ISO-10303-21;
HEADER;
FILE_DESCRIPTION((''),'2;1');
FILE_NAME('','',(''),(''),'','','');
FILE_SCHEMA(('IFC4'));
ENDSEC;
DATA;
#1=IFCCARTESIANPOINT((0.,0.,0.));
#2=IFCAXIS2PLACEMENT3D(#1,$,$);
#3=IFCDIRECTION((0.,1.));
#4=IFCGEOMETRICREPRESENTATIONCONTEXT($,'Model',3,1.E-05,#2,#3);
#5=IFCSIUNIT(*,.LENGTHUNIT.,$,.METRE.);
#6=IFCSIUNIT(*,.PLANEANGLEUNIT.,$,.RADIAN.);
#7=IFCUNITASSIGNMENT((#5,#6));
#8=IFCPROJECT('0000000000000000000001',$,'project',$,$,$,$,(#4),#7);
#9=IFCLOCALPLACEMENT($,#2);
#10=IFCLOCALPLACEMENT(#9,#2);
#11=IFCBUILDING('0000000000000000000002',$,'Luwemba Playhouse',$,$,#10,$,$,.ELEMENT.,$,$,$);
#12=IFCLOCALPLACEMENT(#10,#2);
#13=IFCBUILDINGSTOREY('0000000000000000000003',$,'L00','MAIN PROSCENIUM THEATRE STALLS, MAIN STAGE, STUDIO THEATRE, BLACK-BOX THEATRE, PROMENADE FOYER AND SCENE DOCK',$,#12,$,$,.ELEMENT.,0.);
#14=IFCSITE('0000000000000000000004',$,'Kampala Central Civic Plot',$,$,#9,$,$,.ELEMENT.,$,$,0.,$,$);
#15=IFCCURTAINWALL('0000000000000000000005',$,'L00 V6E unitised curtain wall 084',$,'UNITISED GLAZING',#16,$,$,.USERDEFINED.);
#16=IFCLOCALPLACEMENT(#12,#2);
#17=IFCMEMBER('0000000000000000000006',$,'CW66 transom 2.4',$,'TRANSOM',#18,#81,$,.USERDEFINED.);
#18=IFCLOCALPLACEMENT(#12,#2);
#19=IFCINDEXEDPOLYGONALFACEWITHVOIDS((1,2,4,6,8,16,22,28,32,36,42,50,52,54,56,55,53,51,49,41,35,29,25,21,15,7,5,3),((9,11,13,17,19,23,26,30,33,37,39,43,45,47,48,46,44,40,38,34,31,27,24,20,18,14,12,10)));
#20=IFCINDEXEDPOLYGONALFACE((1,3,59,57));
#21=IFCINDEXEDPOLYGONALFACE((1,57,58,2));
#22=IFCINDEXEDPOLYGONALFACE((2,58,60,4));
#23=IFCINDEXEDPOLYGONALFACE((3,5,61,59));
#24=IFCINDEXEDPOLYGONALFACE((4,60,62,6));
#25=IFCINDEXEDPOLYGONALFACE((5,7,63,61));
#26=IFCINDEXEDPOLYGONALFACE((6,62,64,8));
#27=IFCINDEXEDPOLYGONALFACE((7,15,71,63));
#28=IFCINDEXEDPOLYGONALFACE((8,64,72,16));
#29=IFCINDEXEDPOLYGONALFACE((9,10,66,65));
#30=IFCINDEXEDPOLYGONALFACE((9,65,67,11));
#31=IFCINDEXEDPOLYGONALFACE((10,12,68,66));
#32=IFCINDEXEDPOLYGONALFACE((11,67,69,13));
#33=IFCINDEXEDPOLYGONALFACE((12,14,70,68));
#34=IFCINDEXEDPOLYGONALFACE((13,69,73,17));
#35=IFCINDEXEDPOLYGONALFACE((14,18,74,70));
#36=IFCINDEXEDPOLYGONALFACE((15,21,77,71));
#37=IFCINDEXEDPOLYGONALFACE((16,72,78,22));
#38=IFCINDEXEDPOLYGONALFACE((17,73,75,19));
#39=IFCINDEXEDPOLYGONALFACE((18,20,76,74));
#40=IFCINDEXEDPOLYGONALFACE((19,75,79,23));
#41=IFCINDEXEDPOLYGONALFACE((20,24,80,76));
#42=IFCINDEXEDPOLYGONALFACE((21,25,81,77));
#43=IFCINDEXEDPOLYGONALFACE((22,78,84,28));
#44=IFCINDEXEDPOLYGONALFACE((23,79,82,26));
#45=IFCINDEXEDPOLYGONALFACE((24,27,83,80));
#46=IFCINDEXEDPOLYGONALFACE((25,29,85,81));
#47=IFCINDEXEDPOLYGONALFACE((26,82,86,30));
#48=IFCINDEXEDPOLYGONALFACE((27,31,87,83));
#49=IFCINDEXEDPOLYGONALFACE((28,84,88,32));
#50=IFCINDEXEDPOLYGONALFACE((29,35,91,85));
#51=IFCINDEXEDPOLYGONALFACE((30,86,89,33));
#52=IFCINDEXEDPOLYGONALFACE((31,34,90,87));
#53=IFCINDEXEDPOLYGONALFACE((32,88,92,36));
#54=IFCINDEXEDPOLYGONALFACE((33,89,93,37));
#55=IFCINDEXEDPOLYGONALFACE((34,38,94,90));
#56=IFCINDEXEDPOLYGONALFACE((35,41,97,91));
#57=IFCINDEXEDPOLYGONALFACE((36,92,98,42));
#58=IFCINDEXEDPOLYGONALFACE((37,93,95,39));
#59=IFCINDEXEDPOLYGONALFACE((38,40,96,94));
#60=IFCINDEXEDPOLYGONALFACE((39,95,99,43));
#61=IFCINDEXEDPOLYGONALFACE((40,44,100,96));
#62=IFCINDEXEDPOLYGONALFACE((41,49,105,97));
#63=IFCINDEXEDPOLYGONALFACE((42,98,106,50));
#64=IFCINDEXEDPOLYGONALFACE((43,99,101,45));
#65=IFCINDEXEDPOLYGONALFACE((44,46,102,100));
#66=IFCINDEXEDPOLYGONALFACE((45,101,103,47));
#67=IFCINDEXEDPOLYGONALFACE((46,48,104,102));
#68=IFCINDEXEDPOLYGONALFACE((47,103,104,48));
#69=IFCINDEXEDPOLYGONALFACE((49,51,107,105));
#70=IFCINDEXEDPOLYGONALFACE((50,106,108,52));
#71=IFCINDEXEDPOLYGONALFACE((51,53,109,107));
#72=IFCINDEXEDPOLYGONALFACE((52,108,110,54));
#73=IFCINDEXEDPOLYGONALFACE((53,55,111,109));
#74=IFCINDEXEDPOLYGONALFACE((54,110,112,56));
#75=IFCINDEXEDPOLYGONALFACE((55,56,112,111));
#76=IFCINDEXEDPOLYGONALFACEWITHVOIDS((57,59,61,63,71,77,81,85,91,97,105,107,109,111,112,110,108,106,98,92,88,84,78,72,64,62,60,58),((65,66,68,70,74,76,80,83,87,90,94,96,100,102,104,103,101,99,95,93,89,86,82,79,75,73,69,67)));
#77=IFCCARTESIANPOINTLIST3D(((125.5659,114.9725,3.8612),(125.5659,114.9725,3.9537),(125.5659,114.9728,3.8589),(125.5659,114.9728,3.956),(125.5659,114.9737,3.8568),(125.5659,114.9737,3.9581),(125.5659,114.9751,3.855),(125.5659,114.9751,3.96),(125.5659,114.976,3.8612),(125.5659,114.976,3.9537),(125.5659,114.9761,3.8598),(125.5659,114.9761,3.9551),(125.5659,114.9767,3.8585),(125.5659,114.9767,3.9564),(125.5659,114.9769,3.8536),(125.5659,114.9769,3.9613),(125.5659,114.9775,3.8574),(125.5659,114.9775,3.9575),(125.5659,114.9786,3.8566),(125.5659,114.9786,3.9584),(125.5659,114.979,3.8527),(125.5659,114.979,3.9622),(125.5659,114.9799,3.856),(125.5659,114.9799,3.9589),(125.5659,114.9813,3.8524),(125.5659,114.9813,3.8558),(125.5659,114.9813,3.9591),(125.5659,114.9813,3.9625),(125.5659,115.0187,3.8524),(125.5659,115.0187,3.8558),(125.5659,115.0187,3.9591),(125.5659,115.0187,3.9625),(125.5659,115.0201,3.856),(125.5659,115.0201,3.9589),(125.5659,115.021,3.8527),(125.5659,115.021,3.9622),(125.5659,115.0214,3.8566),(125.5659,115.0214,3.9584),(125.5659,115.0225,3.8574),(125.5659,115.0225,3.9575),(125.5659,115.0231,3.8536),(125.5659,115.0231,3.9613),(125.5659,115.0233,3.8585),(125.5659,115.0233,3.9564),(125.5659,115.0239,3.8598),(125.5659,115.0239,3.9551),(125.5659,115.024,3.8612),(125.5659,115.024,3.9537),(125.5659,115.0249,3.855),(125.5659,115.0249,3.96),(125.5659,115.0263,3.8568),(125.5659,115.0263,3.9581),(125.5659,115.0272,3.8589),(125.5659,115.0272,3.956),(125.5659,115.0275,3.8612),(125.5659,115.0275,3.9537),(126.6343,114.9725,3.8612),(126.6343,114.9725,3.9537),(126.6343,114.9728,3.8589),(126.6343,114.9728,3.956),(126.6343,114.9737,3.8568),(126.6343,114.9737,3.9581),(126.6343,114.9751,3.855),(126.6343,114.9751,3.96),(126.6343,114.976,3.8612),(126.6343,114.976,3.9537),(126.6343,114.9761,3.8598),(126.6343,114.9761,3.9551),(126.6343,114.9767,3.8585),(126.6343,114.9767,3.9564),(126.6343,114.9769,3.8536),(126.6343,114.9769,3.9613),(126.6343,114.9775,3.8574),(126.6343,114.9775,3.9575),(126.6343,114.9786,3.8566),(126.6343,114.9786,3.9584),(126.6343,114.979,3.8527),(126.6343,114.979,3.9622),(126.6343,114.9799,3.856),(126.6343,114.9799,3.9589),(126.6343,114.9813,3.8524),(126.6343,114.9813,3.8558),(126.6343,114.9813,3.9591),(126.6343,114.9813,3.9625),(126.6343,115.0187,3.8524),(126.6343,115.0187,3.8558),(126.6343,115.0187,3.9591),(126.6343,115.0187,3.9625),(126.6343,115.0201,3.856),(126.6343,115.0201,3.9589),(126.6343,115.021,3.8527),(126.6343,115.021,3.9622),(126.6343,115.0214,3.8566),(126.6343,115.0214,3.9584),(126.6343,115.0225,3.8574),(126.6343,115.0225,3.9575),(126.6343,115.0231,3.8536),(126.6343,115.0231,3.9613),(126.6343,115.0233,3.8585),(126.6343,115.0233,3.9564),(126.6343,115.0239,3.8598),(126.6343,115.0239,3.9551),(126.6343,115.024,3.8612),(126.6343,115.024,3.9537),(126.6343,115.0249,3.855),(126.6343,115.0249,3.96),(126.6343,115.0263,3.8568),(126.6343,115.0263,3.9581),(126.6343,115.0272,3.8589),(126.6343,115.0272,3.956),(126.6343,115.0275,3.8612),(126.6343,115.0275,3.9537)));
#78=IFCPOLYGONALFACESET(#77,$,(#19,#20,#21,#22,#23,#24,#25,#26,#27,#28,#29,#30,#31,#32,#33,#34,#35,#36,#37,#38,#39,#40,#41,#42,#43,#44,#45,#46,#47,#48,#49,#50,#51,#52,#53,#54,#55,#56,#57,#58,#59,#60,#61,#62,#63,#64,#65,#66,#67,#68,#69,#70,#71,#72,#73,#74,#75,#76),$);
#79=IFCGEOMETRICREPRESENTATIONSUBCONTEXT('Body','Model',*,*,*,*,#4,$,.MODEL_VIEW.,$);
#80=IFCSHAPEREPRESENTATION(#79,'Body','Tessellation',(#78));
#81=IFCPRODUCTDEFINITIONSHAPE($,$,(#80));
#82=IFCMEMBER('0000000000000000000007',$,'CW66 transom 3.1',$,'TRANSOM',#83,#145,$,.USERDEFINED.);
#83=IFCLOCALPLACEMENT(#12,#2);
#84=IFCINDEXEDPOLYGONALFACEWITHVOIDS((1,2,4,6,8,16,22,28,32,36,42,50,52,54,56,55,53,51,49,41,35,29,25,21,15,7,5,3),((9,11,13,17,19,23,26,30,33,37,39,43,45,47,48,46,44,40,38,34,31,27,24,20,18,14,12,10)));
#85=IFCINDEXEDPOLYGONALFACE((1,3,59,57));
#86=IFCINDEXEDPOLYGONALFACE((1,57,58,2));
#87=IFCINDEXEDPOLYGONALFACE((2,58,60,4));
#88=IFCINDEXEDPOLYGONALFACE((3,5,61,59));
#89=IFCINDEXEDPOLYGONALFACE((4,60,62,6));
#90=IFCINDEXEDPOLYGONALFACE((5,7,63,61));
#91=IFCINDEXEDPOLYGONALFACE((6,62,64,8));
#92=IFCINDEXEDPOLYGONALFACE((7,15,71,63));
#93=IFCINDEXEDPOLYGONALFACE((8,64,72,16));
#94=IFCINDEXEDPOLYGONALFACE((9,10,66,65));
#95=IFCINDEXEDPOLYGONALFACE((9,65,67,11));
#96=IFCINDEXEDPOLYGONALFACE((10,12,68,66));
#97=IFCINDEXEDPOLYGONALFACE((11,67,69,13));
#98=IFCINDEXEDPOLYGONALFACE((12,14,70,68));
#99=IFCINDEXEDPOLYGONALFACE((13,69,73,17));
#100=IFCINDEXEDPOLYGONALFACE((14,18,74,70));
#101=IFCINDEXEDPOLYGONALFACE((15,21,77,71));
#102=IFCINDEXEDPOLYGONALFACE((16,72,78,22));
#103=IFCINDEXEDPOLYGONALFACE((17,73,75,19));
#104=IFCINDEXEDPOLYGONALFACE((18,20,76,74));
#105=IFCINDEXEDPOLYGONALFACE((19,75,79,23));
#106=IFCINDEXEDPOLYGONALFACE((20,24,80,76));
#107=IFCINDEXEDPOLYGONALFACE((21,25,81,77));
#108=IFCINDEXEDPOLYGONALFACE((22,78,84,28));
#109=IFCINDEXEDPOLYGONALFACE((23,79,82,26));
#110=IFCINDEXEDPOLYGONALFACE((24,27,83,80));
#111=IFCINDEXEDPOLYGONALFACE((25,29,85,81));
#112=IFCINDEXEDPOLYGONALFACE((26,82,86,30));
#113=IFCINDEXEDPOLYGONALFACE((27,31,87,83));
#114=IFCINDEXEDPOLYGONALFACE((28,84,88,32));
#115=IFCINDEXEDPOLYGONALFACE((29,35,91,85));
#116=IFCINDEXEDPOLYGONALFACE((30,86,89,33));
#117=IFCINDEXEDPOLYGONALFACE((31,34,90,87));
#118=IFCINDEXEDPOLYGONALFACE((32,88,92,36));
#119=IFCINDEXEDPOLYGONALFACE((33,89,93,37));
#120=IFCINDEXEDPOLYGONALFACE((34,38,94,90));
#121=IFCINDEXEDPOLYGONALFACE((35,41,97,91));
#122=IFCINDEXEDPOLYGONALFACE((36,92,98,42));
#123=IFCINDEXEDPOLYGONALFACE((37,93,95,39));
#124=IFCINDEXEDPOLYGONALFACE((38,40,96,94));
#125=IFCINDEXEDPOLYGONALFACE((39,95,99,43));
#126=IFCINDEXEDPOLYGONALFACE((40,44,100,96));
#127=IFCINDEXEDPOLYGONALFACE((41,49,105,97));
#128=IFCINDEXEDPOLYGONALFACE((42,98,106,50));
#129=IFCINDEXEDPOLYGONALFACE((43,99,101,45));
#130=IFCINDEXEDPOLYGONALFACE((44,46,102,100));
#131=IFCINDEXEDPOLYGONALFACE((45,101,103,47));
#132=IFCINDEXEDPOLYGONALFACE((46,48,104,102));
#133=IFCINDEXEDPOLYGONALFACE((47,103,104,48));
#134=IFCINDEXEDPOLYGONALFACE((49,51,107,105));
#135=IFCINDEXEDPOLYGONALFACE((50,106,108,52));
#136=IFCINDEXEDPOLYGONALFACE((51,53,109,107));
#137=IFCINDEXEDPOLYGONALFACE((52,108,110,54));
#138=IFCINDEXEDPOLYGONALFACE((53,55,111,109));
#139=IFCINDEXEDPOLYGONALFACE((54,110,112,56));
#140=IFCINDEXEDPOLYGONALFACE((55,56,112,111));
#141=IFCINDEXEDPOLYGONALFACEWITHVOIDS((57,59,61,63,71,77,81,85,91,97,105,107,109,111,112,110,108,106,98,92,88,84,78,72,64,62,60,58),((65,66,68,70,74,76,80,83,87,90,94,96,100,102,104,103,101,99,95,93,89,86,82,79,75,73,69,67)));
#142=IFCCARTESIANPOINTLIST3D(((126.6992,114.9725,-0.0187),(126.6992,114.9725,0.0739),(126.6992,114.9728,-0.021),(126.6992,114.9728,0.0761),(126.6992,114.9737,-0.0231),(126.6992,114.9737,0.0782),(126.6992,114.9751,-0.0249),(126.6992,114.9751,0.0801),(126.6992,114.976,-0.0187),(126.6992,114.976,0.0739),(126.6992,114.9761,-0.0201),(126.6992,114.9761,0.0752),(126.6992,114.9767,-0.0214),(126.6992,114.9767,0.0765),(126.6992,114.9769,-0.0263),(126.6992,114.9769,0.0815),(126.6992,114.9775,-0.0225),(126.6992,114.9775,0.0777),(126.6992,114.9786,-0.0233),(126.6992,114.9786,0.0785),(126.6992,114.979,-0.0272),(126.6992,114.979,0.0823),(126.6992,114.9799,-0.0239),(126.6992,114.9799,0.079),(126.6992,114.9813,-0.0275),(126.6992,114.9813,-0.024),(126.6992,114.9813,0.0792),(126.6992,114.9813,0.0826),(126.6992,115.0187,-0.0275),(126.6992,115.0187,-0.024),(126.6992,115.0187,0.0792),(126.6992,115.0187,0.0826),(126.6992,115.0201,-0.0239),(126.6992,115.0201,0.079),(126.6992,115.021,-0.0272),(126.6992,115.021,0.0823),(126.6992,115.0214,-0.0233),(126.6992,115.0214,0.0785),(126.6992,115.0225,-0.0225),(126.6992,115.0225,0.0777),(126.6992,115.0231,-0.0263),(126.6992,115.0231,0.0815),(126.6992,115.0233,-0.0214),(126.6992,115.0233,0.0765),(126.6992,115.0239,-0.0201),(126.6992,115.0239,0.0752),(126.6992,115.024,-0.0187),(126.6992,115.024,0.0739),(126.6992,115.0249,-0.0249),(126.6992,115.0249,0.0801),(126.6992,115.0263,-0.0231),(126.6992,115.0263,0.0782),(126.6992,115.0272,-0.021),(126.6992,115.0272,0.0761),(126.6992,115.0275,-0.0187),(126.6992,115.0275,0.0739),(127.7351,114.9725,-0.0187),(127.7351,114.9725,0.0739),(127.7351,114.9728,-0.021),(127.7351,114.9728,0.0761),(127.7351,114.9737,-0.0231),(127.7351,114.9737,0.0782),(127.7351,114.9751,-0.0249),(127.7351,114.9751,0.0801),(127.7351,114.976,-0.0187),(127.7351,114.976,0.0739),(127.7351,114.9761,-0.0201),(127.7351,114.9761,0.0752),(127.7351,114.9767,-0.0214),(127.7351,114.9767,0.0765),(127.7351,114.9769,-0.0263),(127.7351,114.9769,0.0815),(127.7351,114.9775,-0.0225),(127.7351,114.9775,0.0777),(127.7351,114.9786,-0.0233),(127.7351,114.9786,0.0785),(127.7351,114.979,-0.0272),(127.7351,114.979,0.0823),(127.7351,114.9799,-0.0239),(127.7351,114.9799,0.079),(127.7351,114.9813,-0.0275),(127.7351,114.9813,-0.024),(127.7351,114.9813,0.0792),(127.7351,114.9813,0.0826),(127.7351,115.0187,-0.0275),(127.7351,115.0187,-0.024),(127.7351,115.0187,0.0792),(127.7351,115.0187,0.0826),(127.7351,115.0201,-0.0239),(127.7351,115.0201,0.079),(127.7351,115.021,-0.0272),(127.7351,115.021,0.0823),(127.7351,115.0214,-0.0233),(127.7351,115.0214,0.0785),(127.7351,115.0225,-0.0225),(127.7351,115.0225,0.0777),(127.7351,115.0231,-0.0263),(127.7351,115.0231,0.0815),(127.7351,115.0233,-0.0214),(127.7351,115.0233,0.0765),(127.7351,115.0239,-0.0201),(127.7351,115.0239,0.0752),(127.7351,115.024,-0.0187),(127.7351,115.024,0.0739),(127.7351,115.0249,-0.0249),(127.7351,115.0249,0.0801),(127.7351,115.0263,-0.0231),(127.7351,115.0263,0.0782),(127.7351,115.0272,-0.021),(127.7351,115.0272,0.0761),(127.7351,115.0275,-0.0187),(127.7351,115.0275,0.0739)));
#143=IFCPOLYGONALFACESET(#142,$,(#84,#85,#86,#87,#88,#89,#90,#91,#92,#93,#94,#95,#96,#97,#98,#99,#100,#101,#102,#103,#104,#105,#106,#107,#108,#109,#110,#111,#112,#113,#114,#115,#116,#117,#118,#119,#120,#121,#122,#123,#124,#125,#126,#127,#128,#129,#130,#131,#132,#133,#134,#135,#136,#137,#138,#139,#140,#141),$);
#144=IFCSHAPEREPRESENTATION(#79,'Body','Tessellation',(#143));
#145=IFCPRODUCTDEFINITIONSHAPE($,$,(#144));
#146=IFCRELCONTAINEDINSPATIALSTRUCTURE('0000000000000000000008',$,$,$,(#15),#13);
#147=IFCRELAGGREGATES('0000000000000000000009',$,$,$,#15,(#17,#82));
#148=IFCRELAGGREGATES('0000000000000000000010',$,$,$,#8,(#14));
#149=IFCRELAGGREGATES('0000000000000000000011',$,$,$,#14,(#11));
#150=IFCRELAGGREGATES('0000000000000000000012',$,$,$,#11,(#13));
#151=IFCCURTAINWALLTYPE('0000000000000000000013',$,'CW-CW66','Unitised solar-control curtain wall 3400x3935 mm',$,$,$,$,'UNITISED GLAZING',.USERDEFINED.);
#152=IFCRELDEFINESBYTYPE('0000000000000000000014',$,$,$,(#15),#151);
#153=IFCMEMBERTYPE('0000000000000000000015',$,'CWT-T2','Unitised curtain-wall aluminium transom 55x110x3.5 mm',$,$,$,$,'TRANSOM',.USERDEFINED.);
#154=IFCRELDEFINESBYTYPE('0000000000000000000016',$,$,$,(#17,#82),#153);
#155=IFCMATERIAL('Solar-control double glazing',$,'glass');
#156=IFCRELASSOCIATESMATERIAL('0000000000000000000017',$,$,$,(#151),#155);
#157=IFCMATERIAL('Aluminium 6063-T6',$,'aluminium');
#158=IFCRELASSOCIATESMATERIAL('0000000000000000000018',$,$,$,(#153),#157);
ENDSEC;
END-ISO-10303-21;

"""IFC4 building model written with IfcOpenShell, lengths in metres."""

from ifc_helpers import new_model, si_unit, direction, frame, origin, origin_2d, place, context, subcontext, project, spatial, hollow_rectangle, extrude, material, material_profile, profile_set, type_object, element, aggregate, save


model = new_model("IFC4")

# Units and contexts
model_context = context("Model", 3, precision=1e-05, world=origin(), true_north=direction((0.0, 1.0)))
body_context = subcontext(model_context, "Body", "Model", "MODEL_VIEW")
ifc_project = project(units=[si_unit("LENGTHUNIT", "METRE"), si_unit("PLANEANGLEUNIT", "RADIAN")], contexts=[model_context])

# Site, building, storey
site_placement = place(None, origin())
site = spatial("IfcSite", under=ifc_project, at=site_placement, Name="Kampala Central Civic Plot", CompositionType="ELEMENT", RefElevation=0.0)
building_placement = place(site_placement, origin())
building = spatial("IfcBuilding", under=site, at=building_placement, Name="Luwemba Playhouse", CompositionType="ELEMENT")
storey_placement = place(building_placement, origin())
storey = spatial("IfcBuildingStorey", under=building, at=storey_placement, Name="L00", Description="MAIN PROSCENIUM THEATRE STALLS, MAIN STAGE, STUDIO THEATRE, BLACK-BOX THEATRE, PROMENADE FOYER AND SCENE DOCK", CompositionType="ELEMENT", Elevation=0.0)

# Curtain wall, members
ifc_material_1 = material(Name="Solar-control double glazing", Category="glass")
curtain_wall_type = type_object("IfcCurtainWallType", Name="CW-CW66", Description="Unitised solar-control curtain wall 3400x3935 mm", ElementType="UNITISED GLAZING", PredefinedType="USERDEFINED", material=ifc_material_1)
curtain_wall_placement = place(storey_placement, origin())
curtain_wall = element("IfcCurtainWall", 1, at=curtain_wall_placement, inside=storey, type_object=curtain_wall_type, Name="L00 V6E unitised curtain wall 084", ObjectType="UNITISED GLAZING", PredefinedType="USERDEFINED")
ifc_material_2 = material(Name="Aluminium 6063-T6", Category="aluminium")
ifc_material_profile_1 = material_profile(ifc_material_2, hollow_rectangle(XDim=0.0549, YDim=0.1101, WallThickness=0.0034, InnerFilletRadius=0.0054, OuterFilletRadius=0.0088, at=origin_2d()))
ifc_profile_set_1 = profile_set([ifc_material_profile_1], Name="Aluminium 6063-T6")
member_type_1 = type_object("IfcMemberType", Name="CWT-T2", Description="Unitised curtain-wall aluminium transom 55x110x3.5 mm", ElementType="TRANSOM", PredefinedType="USERDEFINED", material=ifc_profile_set_1)
member_1_placement = place(storey_placement, frame((125.5659, 115.0, 3.9075), z_axis=(1.0, 0.0, 0.0), x_axis=(0.0, 1.0, 0.0)))
member_1 = element("IfcMember", 2, at=member_1_placement, type_object=member_type_1, Name="CW66 transom 2.4", ObjectType="TRANSOM", PredefinedType="USERDEFINED", context=body_context, shape_type="SweptSolid", body=[
    extrude(hollow_rectangle(XDim=0.0549, YDim=0.1101, WallThickness=0.0034, InnerFilletRadius=0.0054, OuterFilletRadius=0.0088, at=origin_2d()), origin(), (0.0, 0.0, 1.0), 1.0684),
])
member_2_placement = place(storey_placement, frame((126.6992, 115.0, 0.0276), z_axis=(1.0, 0.0, 0.0), x_axis=(0.0, 1.0, 0.0)))
member_2 = element("IfcMember", 3, at=member_2_placement, type_object=member_type_1, Name="CW66 transom 3.1", ObjectType="TRANSOM", PredefinedType="USERDEFINED", context=body_context, shape_type="SweptSolid", body=[
    extrude(hollow_rectangle(XDim=0.0549, YDim=0.1101, WallThickness=0.0034, InnerFilletRadius=0.0054, OuterFilletRadius=0.0088, at=origin_2d()), origin(), (0.0, 0.0, 1.0), 1.0359),
])
aggregate(curtain_wall, [member_1, member_2])

save(model, "model.ifc")
